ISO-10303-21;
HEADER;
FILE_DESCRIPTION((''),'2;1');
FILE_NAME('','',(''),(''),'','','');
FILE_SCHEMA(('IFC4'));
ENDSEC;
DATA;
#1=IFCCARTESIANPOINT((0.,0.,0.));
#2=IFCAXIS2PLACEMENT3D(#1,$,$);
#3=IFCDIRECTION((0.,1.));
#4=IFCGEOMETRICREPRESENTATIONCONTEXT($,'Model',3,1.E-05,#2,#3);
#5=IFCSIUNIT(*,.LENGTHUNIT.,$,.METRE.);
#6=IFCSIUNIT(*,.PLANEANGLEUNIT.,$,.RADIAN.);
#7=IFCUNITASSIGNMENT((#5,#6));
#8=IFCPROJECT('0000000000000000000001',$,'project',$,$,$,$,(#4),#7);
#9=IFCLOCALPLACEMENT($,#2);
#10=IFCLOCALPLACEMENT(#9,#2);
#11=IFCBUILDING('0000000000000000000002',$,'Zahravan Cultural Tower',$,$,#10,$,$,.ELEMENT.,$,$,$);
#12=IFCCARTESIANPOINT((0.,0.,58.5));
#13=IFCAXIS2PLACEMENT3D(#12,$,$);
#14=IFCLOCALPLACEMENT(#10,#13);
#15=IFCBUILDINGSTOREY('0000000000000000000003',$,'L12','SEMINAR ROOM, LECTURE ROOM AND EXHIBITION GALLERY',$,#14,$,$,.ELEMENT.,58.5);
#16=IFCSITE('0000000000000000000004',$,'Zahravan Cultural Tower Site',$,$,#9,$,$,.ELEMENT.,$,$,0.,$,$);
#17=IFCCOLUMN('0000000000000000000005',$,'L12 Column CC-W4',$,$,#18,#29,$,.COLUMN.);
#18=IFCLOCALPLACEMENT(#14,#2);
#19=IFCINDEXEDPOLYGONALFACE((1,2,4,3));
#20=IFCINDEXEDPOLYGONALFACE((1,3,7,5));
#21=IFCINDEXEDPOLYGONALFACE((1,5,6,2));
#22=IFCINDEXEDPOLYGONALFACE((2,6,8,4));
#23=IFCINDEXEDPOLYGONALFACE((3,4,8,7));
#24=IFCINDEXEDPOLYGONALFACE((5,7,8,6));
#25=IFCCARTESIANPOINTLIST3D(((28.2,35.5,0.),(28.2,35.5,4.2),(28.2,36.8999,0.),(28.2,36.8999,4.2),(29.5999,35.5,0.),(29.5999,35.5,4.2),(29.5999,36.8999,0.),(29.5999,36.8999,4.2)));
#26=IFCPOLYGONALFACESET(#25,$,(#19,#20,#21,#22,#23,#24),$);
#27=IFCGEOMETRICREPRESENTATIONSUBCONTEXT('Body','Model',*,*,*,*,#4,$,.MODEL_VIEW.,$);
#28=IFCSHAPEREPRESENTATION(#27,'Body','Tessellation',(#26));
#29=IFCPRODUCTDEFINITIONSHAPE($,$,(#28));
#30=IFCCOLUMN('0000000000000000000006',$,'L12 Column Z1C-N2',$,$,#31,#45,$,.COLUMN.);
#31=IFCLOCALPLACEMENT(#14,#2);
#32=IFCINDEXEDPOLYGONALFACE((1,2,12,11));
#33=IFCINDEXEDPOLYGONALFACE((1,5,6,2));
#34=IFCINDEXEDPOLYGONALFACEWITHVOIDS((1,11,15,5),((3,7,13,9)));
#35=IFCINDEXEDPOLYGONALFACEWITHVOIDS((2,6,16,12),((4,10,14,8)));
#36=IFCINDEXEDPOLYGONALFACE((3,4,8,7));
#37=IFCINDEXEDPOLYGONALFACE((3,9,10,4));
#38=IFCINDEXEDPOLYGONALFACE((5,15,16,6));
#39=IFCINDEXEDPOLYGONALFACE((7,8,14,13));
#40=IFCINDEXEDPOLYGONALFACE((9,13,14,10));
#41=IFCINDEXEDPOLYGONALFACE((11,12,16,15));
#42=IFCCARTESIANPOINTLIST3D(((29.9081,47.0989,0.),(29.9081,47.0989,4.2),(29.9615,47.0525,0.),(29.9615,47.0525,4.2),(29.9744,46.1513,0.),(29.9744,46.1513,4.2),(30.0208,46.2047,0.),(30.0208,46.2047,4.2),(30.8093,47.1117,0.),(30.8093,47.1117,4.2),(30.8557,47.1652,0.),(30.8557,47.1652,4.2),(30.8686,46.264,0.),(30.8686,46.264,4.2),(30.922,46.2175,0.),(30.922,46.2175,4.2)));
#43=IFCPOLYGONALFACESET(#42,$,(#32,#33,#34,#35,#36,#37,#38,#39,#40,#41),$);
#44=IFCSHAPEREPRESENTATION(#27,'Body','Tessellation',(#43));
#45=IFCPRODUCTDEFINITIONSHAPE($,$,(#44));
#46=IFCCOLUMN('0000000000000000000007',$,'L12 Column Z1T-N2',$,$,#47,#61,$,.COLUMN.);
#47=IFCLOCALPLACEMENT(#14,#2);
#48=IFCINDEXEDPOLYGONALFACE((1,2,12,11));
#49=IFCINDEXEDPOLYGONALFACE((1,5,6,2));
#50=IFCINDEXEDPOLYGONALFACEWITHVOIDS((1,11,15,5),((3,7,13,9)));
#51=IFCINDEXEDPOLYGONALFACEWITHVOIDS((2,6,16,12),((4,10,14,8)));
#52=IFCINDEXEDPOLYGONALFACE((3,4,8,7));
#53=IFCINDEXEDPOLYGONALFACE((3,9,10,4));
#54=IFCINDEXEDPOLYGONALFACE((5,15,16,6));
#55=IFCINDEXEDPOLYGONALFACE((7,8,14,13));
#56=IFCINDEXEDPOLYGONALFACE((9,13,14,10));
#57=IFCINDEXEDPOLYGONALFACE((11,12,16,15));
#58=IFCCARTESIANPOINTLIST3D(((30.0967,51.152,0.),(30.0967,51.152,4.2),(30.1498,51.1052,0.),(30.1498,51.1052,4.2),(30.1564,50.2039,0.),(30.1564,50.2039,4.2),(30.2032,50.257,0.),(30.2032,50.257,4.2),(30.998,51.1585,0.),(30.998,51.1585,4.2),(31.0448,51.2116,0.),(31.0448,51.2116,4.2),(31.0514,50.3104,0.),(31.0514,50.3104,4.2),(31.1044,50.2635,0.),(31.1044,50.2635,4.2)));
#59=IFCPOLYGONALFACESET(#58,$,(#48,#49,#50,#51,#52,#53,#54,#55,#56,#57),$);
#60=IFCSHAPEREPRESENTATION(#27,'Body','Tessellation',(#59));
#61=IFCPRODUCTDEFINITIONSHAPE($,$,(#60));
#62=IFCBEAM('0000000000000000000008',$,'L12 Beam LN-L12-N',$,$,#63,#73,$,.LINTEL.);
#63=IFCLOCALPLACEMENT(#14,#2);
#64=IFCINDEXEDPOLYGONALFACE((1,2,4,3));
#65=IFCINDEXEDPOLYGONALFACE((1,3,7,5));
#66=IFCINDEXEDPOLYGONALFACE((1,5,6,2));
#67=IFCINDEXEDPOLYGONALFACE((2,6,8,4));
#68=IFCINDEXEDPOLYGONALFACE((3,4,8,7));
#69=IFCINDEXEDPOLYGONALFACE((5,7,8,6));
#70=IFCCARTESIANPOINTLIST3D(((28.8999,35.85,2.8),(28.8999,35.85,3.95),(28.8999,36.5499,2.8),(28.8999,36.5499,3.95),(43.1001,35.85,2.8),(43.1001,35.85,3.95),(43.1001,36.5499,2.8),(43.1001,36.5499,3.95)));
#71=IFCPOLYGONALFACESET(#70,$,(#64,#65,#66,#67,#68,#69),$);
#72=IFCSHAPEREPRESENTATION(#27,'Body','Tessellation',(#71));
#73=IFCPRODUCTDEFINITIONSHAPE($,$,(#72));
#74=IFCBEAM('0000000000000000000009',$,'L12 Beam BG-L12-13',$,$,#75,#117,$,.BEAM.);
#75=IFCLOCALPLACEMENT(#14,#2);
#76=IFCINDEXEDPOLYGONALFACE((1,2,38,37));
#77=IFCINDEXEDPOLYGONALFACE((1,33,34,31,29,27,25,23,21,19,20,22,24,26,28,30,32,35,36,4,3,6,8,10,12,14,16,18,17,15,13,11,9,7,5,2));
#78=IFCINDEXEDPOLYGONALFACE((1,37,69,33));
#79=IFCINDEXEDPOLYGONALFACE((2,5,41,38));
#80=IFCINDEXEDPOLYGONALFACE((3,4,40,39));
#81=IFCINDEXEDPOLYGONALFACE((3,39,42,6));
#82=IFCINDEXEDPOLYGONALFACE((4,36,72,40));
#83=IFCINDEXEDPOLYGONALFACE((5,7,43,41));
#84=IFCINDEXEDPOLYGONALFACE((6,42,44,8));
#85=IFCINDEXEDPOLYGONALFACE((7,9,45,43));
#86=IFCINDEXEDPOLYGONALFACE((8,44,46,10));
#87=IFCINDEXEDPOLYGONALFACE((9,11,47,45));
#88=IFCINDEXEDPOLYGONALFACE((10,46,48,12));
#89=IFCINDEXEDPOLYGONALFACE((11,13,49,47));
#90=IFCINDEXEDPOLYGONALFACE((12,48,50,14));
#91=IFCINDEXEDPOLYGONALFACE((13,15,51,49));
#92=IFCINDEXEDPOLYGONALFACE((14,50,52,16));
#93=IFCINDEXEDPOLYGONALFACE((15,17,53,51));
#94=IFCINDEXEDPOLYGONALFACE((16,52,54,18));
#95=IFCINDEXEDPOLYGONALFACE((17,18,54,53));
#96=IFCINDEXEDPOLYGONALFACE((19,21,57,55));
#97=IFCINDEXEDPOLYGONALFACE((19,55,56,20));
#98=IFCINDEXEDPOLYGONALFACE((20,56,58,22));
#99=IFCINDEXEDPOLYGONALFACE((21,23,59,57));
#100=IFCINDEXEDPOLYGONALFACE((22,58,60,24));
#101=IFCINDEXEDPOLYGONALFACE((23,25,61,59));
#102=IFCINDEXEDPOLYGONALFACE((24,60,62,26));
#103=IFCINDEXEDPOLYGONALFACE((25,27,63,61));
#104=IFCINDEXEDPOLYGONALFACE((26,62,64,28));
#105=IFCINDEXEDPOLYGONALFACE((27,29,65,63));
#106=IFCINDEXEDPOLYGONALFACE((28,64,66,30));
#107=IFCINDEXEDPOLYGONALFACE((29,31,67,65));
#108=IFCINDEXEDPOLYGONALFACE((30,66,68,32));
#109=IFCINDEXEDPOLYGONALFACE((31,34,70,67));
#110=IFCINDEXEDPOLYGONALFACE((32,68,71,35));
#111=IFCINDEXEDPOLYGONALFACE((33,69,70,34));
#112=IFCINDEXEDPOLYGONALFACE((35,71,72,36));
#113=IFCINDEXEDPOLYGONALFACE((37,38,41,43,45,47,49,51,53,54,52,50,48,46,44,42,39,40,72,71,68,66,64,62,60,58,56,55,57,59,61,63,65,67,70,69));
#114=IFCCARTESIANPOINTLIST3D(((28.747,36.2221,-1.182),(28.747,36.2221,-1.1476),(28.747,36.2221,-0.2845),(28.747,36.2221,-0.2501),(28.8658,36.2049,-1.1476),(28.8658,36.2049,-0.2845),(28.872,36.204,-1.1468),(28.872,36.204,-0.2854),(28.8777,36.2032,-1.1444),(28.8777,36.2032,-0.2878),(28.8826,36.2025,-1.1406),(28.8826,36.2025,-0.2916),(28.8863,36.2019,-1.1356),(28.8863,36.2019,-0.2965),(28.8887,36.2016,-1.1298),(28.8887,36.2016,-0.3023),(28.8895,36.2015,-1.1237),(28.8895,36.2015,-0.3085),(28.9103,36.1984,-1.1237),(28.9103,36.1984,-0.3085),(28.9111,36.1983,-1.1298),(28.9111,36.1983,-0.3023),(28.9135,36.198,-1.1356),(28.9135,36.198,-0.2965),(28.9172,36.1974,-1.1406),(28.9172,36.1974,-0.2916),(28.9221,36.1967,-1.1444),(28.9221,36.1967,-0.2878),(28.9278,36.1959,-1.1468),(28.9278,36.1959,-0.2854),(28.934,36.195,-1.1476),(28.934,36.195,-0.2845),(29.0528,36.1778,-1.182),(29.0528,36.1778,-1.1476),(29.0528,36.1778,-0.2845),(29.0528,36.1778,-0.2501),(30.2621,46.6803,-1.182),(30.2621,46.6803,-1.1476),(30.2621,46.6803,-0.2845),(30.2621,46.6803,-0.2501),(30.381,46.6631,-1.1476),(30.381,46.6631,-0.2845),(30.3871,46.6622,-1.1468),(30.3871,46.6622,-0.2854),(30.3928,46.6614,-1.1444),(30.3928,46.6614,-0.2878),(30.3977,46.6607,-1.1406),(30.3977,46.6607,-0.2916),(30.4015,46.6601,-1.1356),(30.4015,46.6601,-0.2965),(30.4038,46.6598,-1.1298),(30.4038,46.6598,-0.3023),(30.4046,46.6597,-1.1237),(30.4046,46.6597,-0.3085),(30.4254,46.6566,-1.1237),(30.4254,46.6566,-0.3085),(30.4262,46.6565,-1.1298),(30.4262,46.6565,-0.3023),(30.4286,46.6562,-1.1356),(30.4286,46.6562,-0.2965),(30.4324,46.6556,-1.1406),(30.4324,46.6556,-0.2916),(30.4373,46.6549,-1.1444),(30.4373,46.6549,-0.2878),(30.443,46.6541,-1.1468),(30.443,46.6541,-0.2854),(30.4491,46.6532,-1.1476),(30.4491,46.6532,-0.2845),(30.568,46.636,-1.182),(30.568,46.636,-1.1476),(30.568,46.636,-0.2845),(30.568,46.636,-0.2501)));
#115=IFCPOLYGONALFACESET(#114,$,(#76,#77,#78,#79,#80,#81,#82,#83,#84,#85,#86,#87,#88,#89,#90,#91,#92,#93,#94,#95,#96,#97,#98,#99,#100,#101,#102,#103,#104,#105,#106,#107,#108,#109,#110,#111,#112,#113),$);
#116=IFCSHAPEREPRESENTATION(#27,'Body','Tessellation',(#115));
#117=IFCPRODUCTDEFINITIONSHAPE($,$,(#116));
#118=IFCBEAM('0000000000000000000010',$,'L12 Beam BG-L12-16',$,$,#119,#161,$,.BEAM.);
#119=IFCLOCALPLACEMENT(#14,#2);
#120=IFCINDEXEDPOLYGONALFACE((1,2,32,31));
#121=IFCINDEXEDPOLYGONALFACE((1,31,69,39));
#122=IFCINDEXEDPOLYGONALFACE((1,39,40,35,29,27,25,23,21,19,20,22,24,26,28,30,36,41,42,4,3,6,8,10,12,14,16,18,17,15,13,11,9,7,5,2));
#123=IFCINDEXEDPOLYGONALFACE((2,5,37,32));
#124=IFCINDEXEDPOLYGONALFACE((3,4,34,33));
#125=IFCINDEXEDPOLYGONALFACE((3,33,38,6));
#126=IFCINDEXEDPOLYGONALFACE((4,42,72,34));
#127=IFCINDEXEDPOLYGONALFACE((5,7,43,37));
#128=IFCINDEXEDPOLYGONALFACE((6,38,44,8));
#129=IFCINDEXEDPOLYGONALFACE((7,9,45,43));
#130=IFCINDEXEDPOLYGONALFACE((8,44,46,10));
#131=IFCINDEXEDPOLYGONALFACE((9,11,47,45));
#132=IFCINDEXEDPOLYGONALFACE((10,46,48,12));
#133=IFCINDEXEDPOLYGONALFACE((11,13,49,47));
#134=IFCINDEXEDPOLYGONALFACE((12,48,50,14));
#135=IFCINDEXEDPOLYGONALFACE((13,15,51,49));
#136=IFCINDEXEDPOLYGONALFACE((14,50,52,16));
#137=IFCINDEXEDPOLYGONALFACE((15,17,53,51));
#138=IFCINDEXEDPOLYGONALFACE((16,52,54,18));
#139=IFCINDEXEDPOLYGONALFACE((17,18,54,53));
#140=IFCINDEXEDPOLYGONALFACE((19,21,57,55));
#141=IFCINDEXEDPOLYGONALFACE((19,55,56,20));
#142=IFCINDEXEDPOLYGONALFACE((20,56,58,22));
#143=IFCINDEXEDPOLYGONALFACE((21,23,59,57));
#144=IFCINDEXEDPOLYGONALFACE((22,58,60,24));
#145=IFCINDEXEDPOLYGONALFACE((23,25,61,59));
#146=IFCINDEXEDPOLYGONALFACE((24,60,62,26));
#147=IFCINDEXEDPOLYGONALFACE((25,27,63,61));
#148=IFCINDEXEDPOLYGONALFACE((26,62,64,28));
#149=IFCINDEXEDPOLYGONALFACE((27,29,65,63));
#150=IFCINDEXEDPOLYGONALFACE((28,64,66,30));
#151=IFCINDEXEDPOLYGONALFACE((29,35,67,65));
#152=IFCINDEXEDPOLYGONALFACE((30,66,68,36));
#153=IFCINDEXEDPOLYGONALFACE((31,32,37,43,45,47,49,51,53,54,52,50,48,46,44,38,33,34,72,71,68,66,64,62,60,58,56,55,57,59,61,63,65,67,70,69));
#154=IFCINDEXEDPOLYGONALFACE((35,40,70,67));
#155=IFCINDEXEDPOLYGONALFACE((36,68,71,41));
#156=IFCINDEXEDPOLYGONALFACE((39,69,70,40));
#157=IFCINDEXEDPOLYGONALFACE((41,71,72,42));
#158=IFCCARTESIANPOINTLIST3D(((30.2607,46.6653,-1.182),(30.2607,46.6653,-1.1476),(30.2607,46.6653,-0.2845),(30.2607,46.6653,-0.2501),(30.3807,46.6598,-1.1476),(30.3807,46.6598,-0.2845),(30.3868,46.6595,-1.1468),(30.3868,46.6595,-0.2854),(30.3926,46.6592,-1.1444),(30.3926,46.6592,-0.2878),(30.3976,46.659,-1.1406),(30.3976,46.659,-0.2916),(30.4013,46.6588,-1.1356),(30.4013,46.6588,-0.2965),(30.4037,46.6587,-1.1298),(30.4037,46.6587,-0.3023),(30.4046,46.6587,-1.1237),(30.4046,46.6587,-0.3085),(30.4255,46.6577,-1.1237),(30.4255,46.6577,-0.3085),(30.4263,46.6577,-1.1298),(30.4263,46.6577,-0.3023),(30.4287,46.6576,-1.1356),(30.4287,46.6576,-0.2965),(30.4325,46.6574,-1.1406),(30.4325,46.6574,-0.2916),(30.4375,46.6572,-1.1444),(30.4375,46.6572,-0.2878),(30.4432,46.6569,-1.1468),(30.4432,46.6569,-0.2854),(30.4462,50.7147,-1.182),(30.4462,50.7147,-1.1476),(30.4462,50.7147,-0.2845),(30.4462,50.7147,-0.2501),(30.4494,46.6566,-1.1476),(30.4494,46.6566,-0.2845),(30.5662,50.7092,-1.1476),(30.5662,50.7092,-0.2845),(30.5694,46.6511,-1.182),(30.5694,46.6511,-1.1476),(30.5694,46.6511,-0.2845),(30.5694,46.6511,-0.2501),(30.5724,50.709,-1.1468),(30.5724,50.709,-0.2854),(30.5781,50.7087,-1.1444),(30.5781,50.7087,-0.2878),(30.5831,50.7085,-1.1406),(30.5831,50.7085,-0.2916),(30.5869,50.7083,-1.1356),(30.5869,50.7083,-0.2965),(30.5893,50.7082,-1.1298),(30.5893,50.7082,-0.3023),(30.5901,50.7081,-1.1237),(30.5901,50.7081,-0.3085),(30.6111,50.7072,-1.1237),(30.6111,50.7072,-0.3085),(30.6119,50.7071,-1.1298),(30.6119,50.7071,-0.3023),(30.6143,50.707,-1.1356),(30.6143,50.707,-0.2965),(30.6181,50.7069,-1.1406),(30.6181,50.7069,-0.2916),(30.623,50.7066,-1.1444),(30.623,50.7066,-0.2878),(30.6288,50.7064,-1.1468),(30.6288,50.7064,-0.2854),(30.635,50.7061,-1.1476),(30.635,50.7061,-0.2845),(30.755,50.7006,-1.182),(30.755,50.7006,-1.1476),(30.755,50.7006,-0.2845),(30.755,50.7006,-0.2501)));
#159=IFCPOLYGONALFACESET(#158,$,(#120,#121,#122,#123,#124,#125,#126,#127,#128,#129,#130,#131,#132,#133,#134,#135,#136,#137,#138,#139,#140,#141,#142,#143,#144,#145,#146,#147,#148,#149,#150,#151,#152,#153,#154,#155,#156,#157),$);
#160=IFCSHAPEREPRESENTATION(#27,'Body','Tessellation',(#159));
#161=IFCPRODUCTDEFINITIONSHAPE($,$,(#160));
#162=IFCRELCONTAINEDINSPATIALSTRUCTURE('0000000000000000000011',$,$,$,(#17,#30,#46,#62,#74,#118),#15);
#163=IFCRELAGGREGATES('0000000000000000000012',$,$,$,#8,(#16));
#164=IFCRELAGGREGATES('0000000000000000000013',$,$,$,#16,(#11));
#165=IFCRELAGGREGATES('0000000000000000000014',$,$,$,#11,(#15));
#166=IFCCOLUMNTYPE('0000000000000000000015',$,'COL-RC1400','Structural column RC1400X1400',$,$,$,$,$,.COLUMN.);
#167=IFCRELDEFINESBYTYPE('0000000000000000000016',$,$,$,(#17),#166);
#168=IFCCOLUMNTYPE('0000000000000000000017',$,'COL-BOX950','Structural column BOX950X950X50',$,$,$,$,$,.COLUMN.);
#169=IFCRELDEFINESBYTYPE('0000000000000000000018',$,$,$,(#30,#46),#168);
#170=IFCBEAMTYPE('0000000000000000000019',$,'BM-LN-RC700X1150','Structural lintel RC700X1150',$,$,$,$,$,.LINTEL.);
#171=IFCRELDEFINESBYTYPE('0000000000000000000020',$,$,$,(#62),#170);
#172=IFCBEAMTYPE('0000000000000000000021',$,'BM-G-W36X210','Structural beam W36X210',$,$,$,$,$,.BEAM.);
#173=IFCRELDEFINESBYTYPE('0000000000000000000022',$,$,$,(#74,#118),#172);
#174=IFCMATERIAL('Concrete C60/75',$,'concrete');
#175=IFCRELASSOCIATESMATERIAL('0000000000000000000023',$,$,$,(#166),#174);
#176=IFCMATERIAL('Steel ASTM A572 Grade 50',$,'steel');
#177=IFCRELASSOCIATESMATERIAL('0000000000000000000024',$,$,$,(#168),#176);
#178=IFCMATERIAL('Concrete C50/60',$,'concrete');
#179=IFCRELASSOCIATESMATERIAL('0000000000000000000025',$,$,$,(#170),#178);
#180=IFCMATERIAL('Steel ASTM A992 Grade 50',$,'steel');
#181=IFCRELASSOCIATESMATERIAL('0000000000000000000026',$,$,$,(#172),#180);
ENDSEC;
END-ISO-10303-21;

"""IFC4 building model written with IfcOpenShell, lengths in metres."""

from ifc_helpers import new_model, si_unit, direction, frame, origin, origin_2d, place, context, subcontext, project, spatial, rectangle, hollow_rectangle, i_section, extrude, source, transform, mapped, material, material_profile, profile_set, type_object, element, save


model = new_model("IFC4")

# Units and contexts
model_context = context("Model", 3, precision=1e-05, world=origin(), true_north=direction((0.0, 1.0)))
body_context = subcontext(model_context, "Body", "Model", "MODEL_VIEW")
ifc_project = project(units=[si_unit("LENGTHUNIT", "METRE"), si_unit("PLANEANGLEUNIT", "RADIAN")], contexts=[model_context])

# Site, building, storey
site_placement = place(None, origin())
site = spatial("IfcSite", under=ifc_project, at=site_placement, Name="Zahravan Cultural Tower Site", CompositionType="ELEMENT", RefElevation=0.0)
building_placement = place(site_placement, origin())
building = spatial("IfcBuilding", under=site, at=building_placement, Name="Zahravan Cultural Tower", CompositionType="ELEMENT")
storey_placement = place(building_placement, frame((0.0, 0.0, 58.5)))
storey = spatial("IfcBuildingStorey", under=building, at=storey_placement, Name="L12", Description="SEMINAR ROOM, LECTURE ROOM AND EXHIBITION GALLERY", CompositionType="ELEMENT", Elevation=58.5)

# Columns
ifc_material_1 = material(Name="Concrete C60/75", Category="concrete")
ifc_material_profile_1 = material_profile(ifc_material_1, rectangle(XDim=1.3999, YDim=1.3999, at=origin_2d()), Name="RC1400X1400")
ifc_profile_set_1 = profile_set([ifc_material_profile_1], Name="Concrete C60/75")
column_type_1 = type_object("IfcColumnType", Name="COL-RC1400", Description="Structural column RC1400X1400", PredefinedType="COLUMN", material=ifc_profile_set_1)
shared_shape_1 = source(origin(), body_context, "Body", "SweptSolid", [
    extrude(rectangle(XDim=1.3999, YDim=1.3999, at=origin_2d()), origin(), (0.0, 0.0, 1.0), 4.2),
])
column_placement = place(storey_placement, frame((28.8999, 36.2, 0.0), z_axis=(0.0, 0.0, 1.0), x_axis=(1.0, 0.0, 0.0)))
element("IfcColumn", 1, at=column_placement, inside=storey, type_object=column_type_1, Name="L12 Column CC-W4", PredefinedType="COLUMN", context=body_context, shape_type="MappedRepresentation", body=[
    mapped(shared_shape_1, transform((0.0, 0.0, 0.0), x_axis=(1.0, 0.0, 0.0), y_axis=(0.0, 1.0, 0.0), z_axis=(0.0, 0.0, 1.0), scale=1.0)),
])
ifc_material_2 = material(Name="Steel ASTM A572 Grade 50", Category="steel")
ifc_material_profile_2 = material_profile(ifc_material_2, hollow_rectangle(XDim=0.95, YDim=0.95, WallThickness=0.05, at=origin_2d()), Name="BOX950X950X50")
ifc_profile_set_2 = profile_set([ifc_material_profile_2], Name="Steel ASTM A572 Grade 50")
column_type_2 = type_object("IfcColumnType", Name="COL-BOX950", Description="Structural column BOX950X950X50", PredefinedType="COLUMN", material=ifc_profile_set_2)
shared_shape_2 = source(origin(), body_context, "Body", "SweptSolid", [
    extrude(hollow_rectangle(XDim=0.95, YDim=0.95, WallThickness=0.05, at=origin_2d()), origin(), (0.0, 0.0, 1.0), 4.2),
])
for number, where, z_axis, x_axis, name in (
    (2, (30.415, 46.6582, 0.0), (0.0, 0.0, 1.0), (-0.069756, 0.997564, 0.0), "L12 Column Z1C-N2"),
    (3, (30.6006, 50.7078, 0.0), (0.0, 0.0, 1.0), (-0.062791, 0.998027, 0.0), "L12 Column Z1T-N2"),
):
    element("IfcColumn", number, at=place(storey_placement, frame(where, z_axis=z_axis, x_axis=x_axis)), inside=storey, type_object=column_type_2, Name=name, PredefinedType="COLUMN", context=body_context, shape_type="MappedRepresentation", body=[
        mapped(shared_shape_2, transform((0.0, 0.0, 0.0), x_axis=(1.0, 0.0, 0.0), y_axis=(0.0, 1.0, 0.0), z_axis=(0.0, 0.0, 1.0), scale=1.0)),
    ])

# Beams
ifc_material_3 = material(Name="Concrete C50/60", Category="concrete")
ifc_material_profile_3 = material_profile(ifc_material_3, rectangle(XDim=0.7, YDim=1.1499, at=origin_2d()), Name="RC700X1150")
ifc_profile_set_3 = profile_set([ifc_material_profile_3], Name="Concrete C50/60")
beam_type_1 = type_object("IfcBeamType", Name="BM-LN-RC700X1150", Description="Structural lintel RC700X1150", PredefinedType="LINTEL", material=ifc_profile_set_3)
shared_shape_3 = source(origin(), body_context, "Body", "SweptSolid", [
    extrude(rectangle(XDim=0.7, YDim=1.1499, at=origin_2d()), origin(), (0.0, 0.0, 1.0), 14.2002),
])
beam_1_placement = place(storey_placement, frame((28.8999, 36.2, 3.375), z_axis=(1.0, 0.0, 0.0), x_axis=(0.0, 1.0, 0.0)))
element("IfcBeam", 4, at=beam_1_placement, inside=storey, type_object=beam_type_1, Name="L12 Beam LN-L12-N", PredefinedType="LINTEL", context=body_context, shape_type="MappedRepresentation", body=[
    mapped(shared_shape_3, transform((0.0, 0.0, 0.0), x_axis=(1.0, 0.0, 0.0), y_axis=(0.0, 1.0, 0.0), z_axis=(0.0, 0.0, 1.0), scale=1.0)),
])
ifc_material_4 = material(Name="Steel ASTM A992 Grade 50", Category="steel")
ifc_material_profile_4 = material_profile(ifc_material_4, i_section(OverallWidth=0.3091, OverallDepth=0.9319, WebThickness=0.021, FlangeThickness=0.0344, FilletRadius=0.0239, at=origin_2d()), Name="W36X210")
ifc_profile_set_4 = profile_set([ifc_material_profile_4], Name="Steel ASTM A992 Grade 50")
beam_type_2 = type_object("IfcBeamType", Name="BM-G-W36X210", Description="Structural beam W36X210", PredefinedType="BEAM", material=ifc_profile_set_4)
shared_shape_4 = source(origin(), body_context, "Body", "SweptSolid", [
    extrude(i_section(OverallWidth=0.3091, OverallDepth=0.9319, WebThickness=0.021, FlangeThickness=0.0344, FilletRadius=0.0239, at=origin_2d()), origin(), (0.0, 0.0, 1.0), 10.5674),
])
beam_2_placement = place(storey_placement, frame((28.8999, 36.2, -0.7161), z_axis=(0.143378, 0.989668, 0.0), x_axis=(-0.989668, 0.143378, 0.0)))
element("IfcBeam", 5, at=beam_2_placement, inside=storey, type_object=beam_type_2, Name="L12 Beam BG-L12-13", PredefinedType="BEAM", context=body_context, shape_type="MappedRepresentation", body=[
    mapped(shared_shape_4, transform((0.0, 0.0, 0.0), x_axis=(1.0, 0.0, 0.0), y_axis=(0.0, 1.0, 0.0), z_axis=(0.0, 0.0, 1.0), scale=1.0)),
])
shared_shape_5 = source(origin(), body_context, "Body", "SweptSolid", [
    extrude(i_section(OverallWidth=0.3091, OverallDepth=0.9319, WebThickness=0.021, FlangeThickness=0.0344, FilletRadius=0.0239, at=origin_2d()), origin(), (0.0, 0.0, 1.0), 4.0537),
])
beam_3_placement = place(storey_placement, frame((30.415, 46.6582, -0.7161), z_axis=(0.045771, 0.998952, 0.0), x_axis=(-0.998952, 0.045771, 0.0)))
element("IfcBeam", 6, at=beam_3_placement, inside=storey, type_object=beam_type_2, Name="L12 Beam BG-L12-16", PredefinedType="BEAM", context=body_context, shape_type="MappedRepresentation", body=[
    mapped(shared_shape_5, transform((0.0, 0.0, 0.0), x_axis=(1.0, 0.0, 0.0), y_axis=(0.0, 1.0, 0.0), z_axis=(0.0, 0.0, 1.0), scale=1.0)),
])

save(model, "model.ifc")
